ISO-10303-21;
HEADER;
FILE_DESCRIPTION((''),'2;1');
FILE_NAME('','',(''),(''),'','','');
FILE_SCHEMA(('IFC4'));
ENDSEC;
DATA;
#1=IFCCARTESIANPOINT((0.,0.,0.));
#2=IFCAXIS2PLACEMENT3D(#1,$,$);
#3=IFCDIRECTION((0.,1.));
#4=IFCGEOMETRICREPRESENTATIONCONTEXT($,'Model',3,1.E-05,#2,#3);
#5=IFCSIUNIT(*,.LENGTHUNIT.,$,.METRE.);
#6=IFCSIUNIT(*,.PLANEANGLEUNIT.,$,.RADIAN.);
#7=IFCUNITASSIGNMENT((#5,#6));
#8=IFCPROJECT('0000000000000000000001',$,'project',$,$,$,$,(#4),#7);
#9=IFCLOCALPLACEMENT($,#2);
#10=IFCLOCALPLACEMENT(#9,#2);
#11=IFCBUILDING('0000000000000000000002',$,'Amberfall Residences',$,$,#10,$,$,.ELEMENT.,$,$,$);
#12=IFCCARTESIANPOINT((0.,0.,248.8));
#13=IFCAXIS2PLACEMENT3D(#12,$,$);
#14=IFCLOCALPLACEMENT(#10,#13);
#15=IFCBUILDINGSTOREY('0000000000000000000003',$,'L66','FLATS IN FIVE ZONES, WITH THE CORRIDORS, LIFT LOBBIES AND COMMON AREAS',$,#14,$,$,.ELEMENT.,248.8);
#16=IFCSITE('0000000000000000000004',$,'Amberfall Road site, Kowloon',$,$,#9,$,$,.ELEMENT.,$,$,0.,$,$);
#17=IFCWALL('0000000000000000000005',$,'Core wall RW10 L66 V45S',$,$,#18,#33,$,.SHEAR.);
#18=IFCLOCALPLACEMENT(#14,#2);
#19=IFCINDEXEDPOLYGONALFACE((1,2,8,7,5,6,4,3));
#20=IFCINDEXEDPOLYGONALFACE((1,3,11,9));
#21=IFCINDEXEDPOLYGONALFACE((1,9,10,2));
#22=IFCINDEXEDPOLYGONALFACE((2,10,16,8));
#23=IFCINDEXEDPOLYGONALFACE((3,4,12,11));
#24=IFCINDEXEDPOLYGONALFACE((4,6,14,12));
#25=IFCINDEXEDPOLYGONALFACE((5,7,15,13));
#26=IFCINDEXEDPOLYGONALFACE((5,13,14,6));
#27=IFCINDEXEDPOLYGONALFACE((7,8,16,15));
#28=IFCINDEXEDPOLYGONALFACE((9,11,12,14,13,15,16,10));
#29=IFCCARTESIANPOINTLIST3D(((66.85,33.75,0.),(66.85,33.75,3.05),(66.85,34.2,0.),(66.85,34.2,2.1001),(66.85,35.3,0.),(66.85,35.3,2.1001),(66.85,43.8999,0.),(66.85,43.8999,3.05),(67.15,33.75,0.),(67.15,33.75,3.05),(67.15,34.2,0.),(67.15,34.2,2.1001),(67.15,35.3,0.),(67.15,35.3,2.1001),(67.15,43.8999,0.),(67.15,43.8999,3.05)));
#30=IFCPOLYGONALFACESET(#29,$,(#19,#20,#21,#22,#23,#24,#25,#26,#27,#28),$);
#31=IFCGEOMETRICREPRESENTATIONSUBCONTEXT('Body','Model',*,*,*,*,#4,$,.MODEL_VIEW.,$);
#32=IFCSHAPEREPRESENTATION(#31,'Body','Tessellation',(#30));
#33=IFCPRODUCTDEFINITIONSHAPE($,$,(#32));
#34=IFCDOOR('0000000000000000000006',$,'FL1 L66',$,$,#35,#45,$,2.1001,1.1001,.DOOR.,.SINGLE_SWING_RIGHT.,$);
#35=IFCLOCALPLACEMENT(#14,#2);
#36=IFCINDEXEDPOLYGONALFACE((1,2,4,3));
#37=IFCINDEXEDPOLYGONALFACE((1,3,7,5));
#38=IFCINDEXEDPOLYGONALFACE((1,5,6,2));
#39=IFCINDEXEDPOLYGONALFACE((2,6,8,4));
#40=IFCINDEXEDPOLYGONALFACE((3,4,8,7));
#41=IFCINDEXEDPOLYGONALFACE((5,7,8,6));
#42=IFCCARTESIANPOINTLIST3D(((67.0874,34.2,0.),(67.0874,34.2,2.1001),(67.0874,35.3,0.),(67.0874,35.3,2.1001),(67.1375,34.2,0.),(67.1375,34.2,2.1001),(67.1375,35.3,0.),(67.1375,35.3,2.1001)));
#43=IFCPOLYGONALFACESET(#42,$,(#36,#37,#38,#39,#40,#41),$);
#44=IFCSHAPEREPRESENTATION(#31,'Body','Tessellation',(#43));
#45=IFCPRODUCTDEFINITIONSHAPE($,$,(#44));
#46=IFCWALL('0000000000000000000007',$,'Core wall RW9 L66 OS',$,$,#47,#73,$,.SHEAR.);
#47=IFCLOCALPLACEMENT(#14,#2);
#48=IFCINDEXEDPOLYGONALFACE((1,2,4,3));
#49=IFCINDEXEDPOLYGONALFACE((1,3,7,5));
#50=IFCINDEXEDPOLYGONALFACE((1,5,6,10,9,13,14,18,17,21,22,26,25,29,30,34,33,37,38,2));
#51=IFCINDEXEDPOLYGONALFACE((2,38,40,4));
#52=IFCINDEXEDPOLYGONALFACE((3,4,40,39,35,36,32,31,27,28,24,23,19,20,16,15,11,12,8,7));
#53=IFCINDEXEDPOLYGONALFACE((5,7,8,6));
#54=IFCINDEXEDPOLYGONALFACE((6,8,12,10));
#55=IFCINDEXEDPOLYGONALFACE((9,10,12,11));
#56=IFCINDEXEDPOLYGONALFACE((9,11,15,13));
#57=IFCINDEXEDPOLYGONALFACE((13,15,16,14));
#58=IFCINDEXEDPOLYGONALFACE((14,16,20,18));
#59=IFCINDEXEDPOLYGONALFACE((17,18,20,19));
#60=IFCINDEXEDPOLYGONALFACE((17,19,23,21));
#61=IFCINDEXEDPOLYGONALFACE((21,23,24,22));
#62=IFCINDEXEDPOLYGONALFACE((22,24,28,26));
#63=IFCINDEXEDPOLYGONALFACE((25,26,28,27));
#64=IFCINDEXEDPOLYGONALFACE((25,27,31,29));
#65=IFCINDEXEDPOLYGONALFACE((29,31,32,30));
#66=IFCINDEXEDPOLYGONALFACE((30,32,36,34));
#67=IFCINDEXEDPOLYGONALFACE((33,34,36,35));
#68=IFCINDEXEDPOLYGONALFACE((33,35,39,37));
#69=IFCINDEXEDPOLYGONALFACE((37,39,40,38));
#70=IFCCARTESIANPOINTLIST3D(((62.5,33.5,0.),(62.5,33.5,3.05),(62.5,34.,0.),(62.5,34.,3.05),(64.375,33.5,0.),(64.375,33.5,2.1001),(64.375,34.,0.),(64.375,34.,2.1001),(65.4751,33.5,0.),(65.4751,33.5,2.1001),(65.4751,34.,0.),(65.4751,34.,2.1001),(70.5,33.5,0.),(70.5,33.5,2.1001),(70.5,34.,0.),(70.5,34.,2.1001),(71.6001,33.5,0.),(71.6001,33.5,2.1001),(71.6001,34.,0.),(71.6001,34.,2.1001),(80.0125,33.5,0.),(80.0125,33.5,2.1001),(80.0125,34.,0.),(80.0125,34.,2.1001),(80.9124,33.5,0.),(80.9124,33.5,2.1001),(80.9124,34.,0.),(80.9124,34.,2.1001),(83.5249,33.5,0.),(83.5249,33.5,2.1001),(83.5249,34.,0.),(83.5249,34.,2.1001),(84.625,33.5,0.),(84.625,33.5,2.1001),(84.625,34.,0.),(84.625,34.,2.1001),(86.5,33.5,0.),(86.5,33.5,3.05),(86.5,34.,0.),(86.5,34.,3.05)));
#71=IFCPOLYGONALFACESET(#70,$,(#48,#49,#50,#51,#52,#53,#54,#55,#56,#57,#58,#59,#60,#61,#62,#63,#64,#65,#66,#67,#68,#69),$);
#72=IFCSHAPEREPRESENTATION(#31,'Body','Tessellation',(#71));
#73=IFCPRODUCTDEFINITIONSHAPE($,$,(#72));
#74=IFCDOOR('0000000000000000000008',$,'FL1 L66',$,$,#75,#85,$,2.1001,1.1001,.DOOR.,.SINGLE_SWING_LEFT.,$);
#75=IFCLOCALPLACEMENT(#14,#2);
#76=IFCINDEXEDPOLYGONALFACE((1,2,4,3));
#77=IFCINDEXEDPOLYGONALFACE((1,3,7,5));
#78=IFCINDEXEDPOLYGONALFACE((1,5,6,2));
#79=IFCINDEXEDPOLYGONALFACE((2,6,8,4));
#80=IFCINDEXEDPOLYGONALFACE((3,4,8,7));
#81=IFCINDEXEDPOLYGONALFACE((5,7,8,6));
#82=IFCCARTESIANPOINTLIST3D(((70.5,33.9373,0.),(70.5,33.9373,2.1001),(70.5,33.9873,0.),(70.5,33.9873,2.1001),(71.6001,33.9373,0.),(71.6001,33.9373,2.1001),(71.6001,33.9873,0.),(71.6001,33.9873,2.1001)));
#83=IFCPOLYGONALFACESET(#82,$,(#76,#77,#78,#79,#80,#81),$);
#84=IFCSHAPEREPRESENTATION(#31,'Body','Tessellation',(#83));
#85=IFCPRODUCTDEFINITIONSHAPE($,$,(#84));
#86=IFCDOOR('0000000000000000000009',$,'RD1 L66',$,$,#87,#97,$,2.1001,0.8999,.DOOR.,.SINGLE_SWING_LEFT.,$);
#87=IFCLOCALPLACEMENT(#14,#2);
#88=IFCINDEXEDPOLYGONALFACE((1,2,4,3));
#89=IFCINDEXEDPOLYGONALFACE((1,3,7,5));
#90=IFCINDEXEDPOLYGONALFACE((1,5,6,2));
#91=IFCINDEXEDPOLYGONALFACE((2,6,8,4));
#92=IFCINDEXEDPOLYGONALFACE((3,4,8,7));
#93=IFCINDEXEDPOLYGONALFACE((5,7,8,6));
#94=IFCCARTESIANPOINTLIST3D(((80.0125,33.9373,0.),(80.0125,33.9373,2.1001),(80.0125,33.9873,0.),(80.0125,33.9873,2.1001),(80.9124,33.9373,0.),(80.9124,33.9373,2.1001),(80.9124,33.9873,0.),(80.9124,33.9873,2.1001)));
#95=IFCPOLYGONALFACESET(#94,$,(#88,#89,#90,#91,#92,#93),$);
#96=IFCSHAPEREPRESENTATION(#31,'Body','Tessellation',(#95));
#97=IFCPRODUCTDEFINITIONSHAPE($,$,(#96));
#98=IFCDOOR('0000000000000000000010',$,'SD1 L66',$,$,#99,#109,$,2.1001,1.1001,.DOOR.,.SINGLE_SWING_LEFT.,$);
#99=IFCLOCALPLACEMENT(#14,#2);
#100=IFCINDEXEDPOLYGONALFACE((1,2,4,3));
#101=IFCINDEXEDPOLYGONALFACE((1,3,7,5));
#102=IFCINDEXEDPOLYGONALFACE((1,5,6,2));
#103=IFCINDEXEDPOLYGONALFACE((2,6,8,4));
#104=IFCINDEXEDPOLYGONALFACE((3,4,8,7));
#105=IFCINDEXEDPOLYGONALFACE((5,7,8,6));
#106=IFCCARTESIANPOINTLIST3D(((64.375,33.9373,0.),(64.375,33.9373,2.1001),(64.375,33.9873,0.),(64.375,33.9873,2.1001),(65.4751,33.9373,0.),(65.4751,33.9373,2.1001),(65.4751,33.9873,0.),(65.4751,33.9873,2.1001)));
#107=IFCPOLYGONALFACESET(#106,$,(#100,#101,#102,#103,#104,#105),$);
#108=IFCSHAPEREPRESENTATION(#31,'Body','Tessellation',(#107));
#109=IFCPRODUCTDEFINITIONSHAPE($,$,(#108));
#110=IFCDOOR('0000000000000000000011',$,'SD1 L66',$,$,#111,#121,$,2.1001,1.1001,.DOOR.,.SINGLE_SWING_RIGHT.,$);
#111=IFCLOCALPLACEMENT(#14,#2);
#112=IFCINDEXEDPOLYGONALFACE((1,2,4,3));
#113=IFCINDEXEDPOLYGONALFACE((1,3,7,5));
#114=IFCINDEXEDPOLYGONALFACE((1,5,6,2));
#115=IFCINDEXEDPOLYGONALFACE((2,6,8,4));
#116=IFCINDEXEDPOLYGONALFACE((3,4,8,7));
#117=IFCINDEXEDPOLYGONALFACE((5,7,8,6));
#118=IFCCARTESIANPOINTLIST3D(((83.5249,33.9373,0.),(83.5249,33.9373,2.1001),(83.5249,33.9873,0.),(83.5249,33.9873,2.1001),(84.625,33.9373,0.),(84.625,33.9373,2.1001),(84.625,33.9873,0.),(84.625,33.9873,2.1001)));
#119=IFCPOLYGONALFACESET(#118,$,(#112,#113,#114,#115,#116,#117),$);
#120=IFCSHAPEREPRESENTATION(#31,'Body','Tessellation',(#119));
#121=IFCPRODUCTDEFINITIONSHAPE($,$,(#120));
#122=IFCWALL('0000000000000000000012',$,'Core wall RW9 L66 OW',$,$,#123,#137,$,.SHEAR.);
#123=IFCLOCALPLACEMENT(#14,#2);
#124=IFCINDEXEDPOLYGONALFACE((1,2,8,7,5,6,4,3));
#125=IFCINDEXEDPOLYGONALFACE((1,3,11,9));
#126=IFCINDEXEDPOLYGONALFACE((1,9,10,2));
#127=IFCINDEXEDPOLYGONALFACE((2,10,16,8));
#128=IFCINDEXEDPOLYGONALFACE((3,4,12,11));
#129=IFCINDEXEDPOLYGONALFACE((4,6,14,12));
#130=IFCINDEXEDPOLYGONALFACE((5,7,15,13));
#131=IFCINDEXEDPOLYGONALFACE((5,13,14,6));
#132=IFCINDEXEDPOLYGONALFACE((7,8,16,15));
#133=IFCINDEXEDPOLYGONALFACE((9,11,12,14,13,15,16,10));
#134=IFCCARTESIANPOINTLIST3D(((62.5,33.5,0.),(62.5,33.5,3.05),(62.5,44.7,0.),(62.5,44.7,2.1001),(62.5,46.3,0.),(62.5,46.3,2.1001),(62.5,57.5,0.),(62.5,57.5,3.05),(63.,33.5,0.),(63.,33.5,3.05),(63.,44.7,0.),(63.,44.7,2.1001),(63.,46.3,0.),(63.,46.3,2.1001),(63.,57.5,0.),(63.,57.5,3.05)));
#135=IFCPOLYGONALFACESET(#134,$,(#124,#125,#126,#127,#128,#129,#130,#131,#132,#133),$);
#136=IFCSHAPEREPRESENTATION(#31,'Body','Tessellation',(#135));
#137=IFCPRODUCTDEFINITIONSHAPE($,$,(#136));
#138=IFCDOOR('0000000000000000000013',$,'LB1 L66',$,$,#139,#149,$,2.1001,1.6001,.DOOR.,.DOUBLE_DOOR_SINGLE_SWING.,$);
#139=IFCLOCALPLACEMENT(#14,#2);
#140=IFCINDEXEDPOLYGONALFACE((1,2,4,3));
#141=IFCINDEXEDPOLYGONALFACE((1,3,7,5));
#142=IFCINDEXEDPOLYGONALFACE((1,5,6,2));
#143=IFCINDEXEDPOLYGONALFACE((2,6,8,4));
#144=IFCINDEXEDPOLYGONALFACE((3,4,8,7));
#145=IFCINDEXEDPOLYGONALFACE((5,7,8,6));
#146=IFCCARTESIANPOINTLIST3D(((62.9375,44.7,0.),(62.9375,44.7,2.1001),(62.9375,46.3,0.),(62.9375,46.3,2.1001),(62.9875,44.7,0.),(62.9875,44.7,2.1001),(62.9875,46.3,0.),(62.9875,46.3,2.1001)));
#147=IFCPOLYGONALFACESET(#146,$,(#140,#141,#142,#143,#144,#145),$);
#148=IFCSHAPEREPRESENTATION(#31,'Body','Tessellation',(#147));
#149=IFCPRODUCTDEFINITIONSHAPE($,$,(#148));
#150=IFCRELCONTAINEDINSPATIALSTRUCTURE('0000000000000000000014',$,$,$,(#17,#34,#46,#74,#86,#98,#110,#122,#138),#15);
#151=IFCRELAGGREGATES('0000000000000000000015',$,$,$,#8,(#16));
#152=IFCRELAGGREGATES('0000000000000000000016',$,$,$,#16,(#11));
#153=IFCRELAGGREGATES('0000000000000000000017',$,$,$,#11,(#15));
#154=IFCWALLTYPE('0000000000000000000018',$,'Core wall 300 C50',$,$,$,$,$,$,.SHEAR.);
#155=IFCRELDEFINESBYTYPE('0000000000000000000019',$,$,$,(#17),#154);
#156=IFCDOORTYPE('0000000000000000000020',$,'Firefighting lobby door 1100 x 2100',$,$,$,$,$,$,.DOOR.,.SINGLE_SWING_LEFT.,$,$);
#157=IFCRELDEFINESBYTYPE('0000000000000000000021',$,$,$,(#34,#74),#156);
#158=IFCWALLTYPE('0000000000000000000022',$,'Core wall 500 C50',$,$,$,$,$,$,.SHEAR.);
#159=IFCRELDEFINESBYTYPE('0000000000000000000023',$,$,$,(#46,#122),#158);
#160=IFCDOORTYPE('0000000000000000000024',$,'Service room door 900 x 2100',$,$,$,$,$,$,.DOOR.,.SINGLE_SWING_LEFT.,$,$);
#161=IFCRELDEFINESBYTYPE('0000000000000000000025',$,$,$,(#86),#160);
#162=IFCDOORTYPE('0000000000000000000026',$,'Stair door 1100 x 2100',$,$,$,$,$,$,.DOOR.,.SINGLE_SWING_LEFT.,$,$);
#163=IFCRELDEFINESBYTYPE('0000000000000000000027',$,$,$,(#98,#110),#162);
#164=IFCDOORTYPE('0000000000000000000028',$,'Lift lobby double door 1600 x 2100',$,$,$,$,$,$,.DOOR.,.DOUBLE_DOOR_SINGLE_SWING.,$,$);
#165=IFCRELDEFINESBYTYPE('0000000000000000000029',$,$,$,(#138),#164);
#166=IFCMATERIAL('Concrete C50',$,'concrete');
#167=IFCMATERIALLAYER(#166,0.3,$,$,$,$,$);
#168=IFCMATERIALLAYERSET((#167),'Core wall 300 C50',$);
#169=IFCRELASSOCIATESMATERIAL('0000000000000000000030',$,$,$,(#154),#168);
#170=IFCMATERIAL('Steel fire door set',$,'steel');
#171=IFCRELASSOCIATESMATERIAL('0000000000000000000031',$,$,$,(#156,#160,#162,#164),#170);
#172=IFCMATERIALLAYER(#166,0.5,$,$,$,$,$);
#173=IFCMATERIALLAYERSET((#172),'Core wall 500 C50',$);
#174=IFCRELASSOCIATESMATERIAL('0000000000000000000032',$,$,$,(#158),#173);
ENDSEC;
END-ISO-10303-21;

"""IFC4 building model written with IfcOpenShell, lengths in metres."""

from ifc_helpers import new_model, si_unit, direction, frame, frame_2d, origin, place, context, subcontext, project, spatial, rectangle, extrude, material, layer, layer_set, type_object, element, fill, save


model = new_model("IFC4")

# Units and contexts
model_context = context("Model", 3, precision=1e-05, world=origin(), true_north=direction((0.0, 1.0)))
body_context = subcontext(model_context, "Body", "Model", "MODEL_VIEW")
ifc_project = project(units=[si_unit("LENGTHUNIT", "METRE"), si_unit("PLANEANGLEUNIT", "RADIAN")], contexts=[model_context])

# Site, building, storey
site_placement = place(None, origin())
site = spatial("IfcSite", under=ifc_project, at=site_placement, Name="Amberfall Road site, Kowloon", CompositionType="ELEMENT", RefElevation=0.0)
building_placement = place(site_placement, origin())
building = spatial("IfcBuilding", under=site, at=building_placement, Name="Amberfall Residences", CompositionType="ELEMENT")
storey_placement = place(building_placement, frame((0.0, 0.0, 248.8)))
storey = spatial("IfcBuildingStorey", under=building, at=storey_placement, Name="L66", Description="FLATS IN FIVE ZONES, WITH THE CORRIDORS, LIFT LOBBIES AND COMMON AREAS", CompositionType="ELEMENT", Elevation=248.8)

# Wall, opening, door
ifc_material_1 = material(Name="Concrete C50", Category="concrete")
ifc_layer_1 = layer(ifc_material_1, 0.3)
ifc_layer_set_1 = layer_set([ifc_layer_1], Name="Core wall 300 C50")
wall_type_1 = type_object("IfcWallType", Name="Core wall 300 C50", PredefinedType="SHEAR", material=ifc_layer_set_1)
wall_1_placement = place(storey_placement, frame((67.0, 33.75, 0.0), z_axis=(0.0, 0.0, 1.0), x_axis=(0.0, 1.0, 0.0)))
wall_1 = element("IfcWall", 1, at=wall_1_placement, inside=storey, type_object=wall_type_1, Name="Core wall RW10 L66 V45S", PredefinedType="SHEAR", context=body_context, shape_type="SweptSolid", body=[
    extrude(rectangle(XDim=10.1499, YDim=0.3, at=frame_2d((5.075, 0.0))), origin(), (0.0, 0.0, 1.0), 3.05),
])
opening_1_placement = place(wall_1_placement, frame((0.45, 0.0, 0.0)))
opening_1 = element("IfcOpeningElement", 2, at=opening_1_placement, cuts=wall_1, PredefinedType="OPENING", context=body_context, shape_type="SweptSolid", body=[
    extrude(rectangle(XDim=1.1001, YDim=2.1001, at=frame_2d((0.55, 1.05))), frame((0.0, 0.1599, 0.0), z_axis=(0.0, -1.0, 0.0), x_axis=(1.0, 0.0, 0.0)), (0.0, 0.0, 1.0), 0.3201),
])
ifc_material_2 = material(Name="Steel fire door set", Category="steel")
door_type_1 = type_object("IfcDoorType", Name="Firefighting lobby door 1100 x 2100", OperationType="SINGLE_SWING_LEFT", PredefinedType="DOOR", material=ifc_material_2)
door_1_placement = place(opening_1_placement, origin())
door_1 = element("IfcDoor", 3, at=door_1_placement, inside=storey, type_object=door_type_1, Name="FL1 L66", OperationType="SINGLE_SWING_RIGHT", OverallHeight=2.1001, OverallWidth=1.1001, PredefinedType="DOOR", context=body_context, shape_type="SweptSolid", body=[
    extrude(rectangle(XDim=1.1001, YDim=2.1001, at=frame_2d((0.55, 1.05))), frame((0.0, -0.0874, 0.0), z_axis=(0.0, -1.0, 0.0), x_axis=(1.0, 0.0, 0.0)), (0.0, 0.0, 1.0), 0.05),
])
fill(opening_1, door_1)

# Wall, openings, doors
ifc_layer_2 = layer(ifc_material_1, 0.5)
ifc_layer_set_2 = layer_set([ifc_layer_2], Name="Core wall 500 C50")
wall_type_2 = type_object("IfcWallType", Name="Core wall 500 C50", PredefinedType="SHEAR", material=ifc_layer_set_2)
wall_2_placement = place(storey_placement, frame((62.5, 33.75, 0.0), z_axis=(0.0, 0.0, 1.0), x_axis=(1.0, 0.0, 0.0)))
wall_2 = element("IfcWall", 4, at=wall_2_placement, inside=storey, type_object=wall_type_2, Name="Core wall RW9 L66 OS", PredefinedType="SHEAR", context=body_context, shape_type="SweptSolid", body=[
    extrude(rectangle(XDim=24.0, YDim=0.5, at=frame_2d((12.0, 0.0))), origin(), (0.0, 0.0, 1.0), 3.05),
])
opening_2_placement = place(wall_2_placement, frame((1.875, 0.0, 0.0)))
opening_2 = element("IfcOpeningElement", 5, at=opening_2_placement, cuts=wall_2, PredefinedType="OPENING", context=body_context, shape_type="SweptSolid", body=[
    extrude(rectangle(XDim=1.1001, YDim=2.1001, at=frame_2d((0.55, 1.05))), frame((0.0, 0.26, 0.0), z_axis=(0.0, -1.0, 0.0), x_axis=(1.0, 0.0, 0.0)), (0.0, 0.0, 1.0), 0.52),
])
opening_3_placement = place(wall_2_placement, frame((21.0249, 0.0, 0.0)))
opening_3 = element("IfcOpeningElement", 6, at=opening_3_placement, cuts=wall_2, PredefinedType="OPENING", context=body_context, shape_type="SweptSolid", body=[
    extrude(rectangle(XDim=1.1001, YDim=2.1001, at=frame_2d((0.55, 1.05))), frame((0.0, 0.26, 0.0), z_axis=(0.0, -1.0, 0.0), x_axis=(1.0, 0.0, 0.0)), (0.0, 0.0, 1.0), 0.52),
])
opening_4_placement = place(wall_2_placement, frame((8.0, 0.0, 0.0)))
opening_4 = element("IfcOpeningElement", 7, at=opening_4_placement, cuts=wall_2, PredefinedType="OPENING", context=body_context, shape_type="SweptSolid", body=[
    extrude(rectangle(XDim=1.1001, YDim=2.1001, at=frame_2d((0.55, 1.05))), frame((0.0, 0.26, 0.0), z_axis=(0.0, -1.0, 0.0), x_axis=(1.0, 0.0, 0.0)), (0.0, 0.0, 1.0), 0.52),
])
opening_5_placement = place(wall_2_placement, frame((17.5125, 0.0, 0.0)))
opening_5 = element("IfcOpeningElement", 8, at=opening_5_placement, cuts=wall_2, PredefinedType="OPENING", context=body_context, shape_type="SweptSolid", body=[
    extrude(rectangle(XDim=0.8999, YDim=2.1001, at=frame_2d((0.45, 1.05))), frame((0.0, 0.26, 0.0), z_axis=(0.0, -1.0, 0.0), x_axis=(1.0, 0.0, 0.0)), (0.0, 0.0, 1.0), 0.52),
])
door_2_placement = place(opening_4_placement, origin())
door_2 = element("IfcDoor", 9, at=door_2_placement, inside=storey, type_object=door_type_1, Name="FL1 L66", OperationType="SINGLE_SWING_LEFT", OverallHeight=2.1001, OverallWidth=1.1001, PredefinedType="DOOR", context=body_context, shape_type="SweptSolid", body=[
    extrude(rectangle(XDim=1.1001, YDim=2.1001, at=frame_2d((0.55, 1.05))), frame((0.0, 0.2373, 0.0), z_axis=(0.0, -1.0, 0.0), x_axis=(1.0, 0.0, 0.0)), (0.0, 0.0, 1.0), 0.05),
])
fill(opening_4, door_2)
door_type_2 = type_object("IfcDoorType", Name="Service room door 900 x 2100", OperationType="SINGLE_SWING_LEFT", PredefinedType="DOOR", material=ifc_material_2)
door_3_placement = place(opening_5_placement, origin())
door_3 = element("IfcDoor", 10, at=door_3_placement, inside=storey, type_object=door_type_2, Name="RD1 L66", OperationType="SINGLE_SWING_LEFT", OverallHeight=2.1001, OverallWidth=0.8999, PredefinedType="DOOR", context=body_context, shape_type="SweptSolid", body=[
    extrude(rectangle(XDim=0.8999, YDim=2.1001, at=frame_2d((0.45, 1.05))), frame((0.0, 0.2373, 0.0), z_axis=(0.0, -1.0, 0.0), x_axis=(1.0, 0.0, 0.0)), (0.0, 0.0, 1.0), 0.05),
])
fill(opening_5, door_3)
door_type_3 = type_object("IfcDoorType", Name="Stair door 1100 x 2100", OperationType="SINGLE_SWING_LEFT", PredefinedType="DOOR", material=ifc_material_2)
door_4_placement = place(opening_2_placement, origin())
door_4 = element("IfcDoor", 11, at=door_4_placement, inside=storey, type_object=door_type_3, Name="SD1 L66", OperationType="SINGLE_SWING_LEFT", OverallHeight=2.1001, OverallWidth=1.1001, PredefinedType="DOOR", context=body_context, shape_type="SweptSolid", body=[
    extrude(rectangle(XDim=1.1001, YDim=2.1001, at=frame_2d((0.55, 1.05))), frame((0.0, 0.2373, 0.0), z_axis=(0.0, -1.0, 0.0), x_axis=(1.0, 0.0, 0.0)), (0.0, 0.0, 1.0), 0.05),
])
fill(opening_2, door_4)
door_5_placement = place(opening_3_placement, origin())
door_5 = element("IfcDoor", 12, at=door_5_placement, inside=storey, type_object=door_type_3, Name="SD1 L66", OperationType="SINGLE_SWING_RIGHT", OverallHeight=2.1001, OverallWidth=1.1001, PredefinedType="DOOR", context=body_context, shape_type="SweptSolid", body=[
    extrude(rectangle(XDim=1.1001, YDim=2.1001, at=frame_2d((0.55, 1.05))), frame((0.0, 0.2373, 0.0), z_axis=(0.0, -1.0, 0.0), x_axis=(1.0, 0.0, 0.0)), (0.0, 0.0, 1.0), 0.05),
])
fill(opening_3, door_5)

# Wall, opening, door
wall_3_placement = place(storey_placement, frame((62.75, 33.5, 0.0), z_axis=(0.0, 0.0, 1.0), x_axis=(0.0, 1.0, 0.0)))
wall_3 = element("IfcWall", 13, at=wall_3_placement, inside=storey, type_object=wall_type_2, Name="Core wall RW9 L66 OW", PredefinedType="SHEAR", context=body_context, shape_type="SweptSolid", body=[
    extrude(rectangle(XDim=24.0, YDim=0.5, at=frame_2d((12.0, 0.0))), origin(), (0.0, 0.0, 1.0), 3.05),
])
opening_6_placement = place(wall_3_placement, frame((11.2, 0.0, 0.0)))
opening_6 = element("IfcOpeningElement", 14, at=opening_6_placement, cuts=wall_3, PredefinedType="OPENING", context=body_context, shape_type="SweptSolid", body=[
    extrude(rectangle(XDim=1.6001, YDim=2.1001, at=frame_2d((0.8, 1.05))), frame((0.0, 0.26, 0.0), z_axis=(0.0, -1.0, 0.0), x_axis=(1.0, 0.0, 0.0)), (0.0, 0.0, 1.0), 0.52),
])
door_type_4 = type_object("IfcDoorType", Name="Lift lobby double door 1600 x 2100", OperationType="DOUBLE_DOOR_SINGLE_SWING", PredefinedType="DOOR", material=ifc_material_2)
door_6_placement = place(opening_6_placement, origin())
door_6 = element("IfcDoor", 15, at=door_6_placement, inside=storey, type_object=door_type_4, Name="LB1 L66", OperationType="DOUBLE_DOOR_SINGLE_SWING", OverallHeight=2.1001, OverallWidth=1.6001, PredefinedType="DOOR", context=body_context, shape_type="SweptSolid", body=[
    extrude(rectangle(XDim=1.6001, YDim=2.1001, at=frame_2d((0.8, 1.05))), frame((0.0, -0.1875, 0.0), z_axis=(0.0, -1.0, 0.0), x_axis=(1.0, 0.0, 0.0)), (0.0, 0.0, 1.0), 0.05),
])
fill(opening_6, door_6)

save(model, "model.ifc")
